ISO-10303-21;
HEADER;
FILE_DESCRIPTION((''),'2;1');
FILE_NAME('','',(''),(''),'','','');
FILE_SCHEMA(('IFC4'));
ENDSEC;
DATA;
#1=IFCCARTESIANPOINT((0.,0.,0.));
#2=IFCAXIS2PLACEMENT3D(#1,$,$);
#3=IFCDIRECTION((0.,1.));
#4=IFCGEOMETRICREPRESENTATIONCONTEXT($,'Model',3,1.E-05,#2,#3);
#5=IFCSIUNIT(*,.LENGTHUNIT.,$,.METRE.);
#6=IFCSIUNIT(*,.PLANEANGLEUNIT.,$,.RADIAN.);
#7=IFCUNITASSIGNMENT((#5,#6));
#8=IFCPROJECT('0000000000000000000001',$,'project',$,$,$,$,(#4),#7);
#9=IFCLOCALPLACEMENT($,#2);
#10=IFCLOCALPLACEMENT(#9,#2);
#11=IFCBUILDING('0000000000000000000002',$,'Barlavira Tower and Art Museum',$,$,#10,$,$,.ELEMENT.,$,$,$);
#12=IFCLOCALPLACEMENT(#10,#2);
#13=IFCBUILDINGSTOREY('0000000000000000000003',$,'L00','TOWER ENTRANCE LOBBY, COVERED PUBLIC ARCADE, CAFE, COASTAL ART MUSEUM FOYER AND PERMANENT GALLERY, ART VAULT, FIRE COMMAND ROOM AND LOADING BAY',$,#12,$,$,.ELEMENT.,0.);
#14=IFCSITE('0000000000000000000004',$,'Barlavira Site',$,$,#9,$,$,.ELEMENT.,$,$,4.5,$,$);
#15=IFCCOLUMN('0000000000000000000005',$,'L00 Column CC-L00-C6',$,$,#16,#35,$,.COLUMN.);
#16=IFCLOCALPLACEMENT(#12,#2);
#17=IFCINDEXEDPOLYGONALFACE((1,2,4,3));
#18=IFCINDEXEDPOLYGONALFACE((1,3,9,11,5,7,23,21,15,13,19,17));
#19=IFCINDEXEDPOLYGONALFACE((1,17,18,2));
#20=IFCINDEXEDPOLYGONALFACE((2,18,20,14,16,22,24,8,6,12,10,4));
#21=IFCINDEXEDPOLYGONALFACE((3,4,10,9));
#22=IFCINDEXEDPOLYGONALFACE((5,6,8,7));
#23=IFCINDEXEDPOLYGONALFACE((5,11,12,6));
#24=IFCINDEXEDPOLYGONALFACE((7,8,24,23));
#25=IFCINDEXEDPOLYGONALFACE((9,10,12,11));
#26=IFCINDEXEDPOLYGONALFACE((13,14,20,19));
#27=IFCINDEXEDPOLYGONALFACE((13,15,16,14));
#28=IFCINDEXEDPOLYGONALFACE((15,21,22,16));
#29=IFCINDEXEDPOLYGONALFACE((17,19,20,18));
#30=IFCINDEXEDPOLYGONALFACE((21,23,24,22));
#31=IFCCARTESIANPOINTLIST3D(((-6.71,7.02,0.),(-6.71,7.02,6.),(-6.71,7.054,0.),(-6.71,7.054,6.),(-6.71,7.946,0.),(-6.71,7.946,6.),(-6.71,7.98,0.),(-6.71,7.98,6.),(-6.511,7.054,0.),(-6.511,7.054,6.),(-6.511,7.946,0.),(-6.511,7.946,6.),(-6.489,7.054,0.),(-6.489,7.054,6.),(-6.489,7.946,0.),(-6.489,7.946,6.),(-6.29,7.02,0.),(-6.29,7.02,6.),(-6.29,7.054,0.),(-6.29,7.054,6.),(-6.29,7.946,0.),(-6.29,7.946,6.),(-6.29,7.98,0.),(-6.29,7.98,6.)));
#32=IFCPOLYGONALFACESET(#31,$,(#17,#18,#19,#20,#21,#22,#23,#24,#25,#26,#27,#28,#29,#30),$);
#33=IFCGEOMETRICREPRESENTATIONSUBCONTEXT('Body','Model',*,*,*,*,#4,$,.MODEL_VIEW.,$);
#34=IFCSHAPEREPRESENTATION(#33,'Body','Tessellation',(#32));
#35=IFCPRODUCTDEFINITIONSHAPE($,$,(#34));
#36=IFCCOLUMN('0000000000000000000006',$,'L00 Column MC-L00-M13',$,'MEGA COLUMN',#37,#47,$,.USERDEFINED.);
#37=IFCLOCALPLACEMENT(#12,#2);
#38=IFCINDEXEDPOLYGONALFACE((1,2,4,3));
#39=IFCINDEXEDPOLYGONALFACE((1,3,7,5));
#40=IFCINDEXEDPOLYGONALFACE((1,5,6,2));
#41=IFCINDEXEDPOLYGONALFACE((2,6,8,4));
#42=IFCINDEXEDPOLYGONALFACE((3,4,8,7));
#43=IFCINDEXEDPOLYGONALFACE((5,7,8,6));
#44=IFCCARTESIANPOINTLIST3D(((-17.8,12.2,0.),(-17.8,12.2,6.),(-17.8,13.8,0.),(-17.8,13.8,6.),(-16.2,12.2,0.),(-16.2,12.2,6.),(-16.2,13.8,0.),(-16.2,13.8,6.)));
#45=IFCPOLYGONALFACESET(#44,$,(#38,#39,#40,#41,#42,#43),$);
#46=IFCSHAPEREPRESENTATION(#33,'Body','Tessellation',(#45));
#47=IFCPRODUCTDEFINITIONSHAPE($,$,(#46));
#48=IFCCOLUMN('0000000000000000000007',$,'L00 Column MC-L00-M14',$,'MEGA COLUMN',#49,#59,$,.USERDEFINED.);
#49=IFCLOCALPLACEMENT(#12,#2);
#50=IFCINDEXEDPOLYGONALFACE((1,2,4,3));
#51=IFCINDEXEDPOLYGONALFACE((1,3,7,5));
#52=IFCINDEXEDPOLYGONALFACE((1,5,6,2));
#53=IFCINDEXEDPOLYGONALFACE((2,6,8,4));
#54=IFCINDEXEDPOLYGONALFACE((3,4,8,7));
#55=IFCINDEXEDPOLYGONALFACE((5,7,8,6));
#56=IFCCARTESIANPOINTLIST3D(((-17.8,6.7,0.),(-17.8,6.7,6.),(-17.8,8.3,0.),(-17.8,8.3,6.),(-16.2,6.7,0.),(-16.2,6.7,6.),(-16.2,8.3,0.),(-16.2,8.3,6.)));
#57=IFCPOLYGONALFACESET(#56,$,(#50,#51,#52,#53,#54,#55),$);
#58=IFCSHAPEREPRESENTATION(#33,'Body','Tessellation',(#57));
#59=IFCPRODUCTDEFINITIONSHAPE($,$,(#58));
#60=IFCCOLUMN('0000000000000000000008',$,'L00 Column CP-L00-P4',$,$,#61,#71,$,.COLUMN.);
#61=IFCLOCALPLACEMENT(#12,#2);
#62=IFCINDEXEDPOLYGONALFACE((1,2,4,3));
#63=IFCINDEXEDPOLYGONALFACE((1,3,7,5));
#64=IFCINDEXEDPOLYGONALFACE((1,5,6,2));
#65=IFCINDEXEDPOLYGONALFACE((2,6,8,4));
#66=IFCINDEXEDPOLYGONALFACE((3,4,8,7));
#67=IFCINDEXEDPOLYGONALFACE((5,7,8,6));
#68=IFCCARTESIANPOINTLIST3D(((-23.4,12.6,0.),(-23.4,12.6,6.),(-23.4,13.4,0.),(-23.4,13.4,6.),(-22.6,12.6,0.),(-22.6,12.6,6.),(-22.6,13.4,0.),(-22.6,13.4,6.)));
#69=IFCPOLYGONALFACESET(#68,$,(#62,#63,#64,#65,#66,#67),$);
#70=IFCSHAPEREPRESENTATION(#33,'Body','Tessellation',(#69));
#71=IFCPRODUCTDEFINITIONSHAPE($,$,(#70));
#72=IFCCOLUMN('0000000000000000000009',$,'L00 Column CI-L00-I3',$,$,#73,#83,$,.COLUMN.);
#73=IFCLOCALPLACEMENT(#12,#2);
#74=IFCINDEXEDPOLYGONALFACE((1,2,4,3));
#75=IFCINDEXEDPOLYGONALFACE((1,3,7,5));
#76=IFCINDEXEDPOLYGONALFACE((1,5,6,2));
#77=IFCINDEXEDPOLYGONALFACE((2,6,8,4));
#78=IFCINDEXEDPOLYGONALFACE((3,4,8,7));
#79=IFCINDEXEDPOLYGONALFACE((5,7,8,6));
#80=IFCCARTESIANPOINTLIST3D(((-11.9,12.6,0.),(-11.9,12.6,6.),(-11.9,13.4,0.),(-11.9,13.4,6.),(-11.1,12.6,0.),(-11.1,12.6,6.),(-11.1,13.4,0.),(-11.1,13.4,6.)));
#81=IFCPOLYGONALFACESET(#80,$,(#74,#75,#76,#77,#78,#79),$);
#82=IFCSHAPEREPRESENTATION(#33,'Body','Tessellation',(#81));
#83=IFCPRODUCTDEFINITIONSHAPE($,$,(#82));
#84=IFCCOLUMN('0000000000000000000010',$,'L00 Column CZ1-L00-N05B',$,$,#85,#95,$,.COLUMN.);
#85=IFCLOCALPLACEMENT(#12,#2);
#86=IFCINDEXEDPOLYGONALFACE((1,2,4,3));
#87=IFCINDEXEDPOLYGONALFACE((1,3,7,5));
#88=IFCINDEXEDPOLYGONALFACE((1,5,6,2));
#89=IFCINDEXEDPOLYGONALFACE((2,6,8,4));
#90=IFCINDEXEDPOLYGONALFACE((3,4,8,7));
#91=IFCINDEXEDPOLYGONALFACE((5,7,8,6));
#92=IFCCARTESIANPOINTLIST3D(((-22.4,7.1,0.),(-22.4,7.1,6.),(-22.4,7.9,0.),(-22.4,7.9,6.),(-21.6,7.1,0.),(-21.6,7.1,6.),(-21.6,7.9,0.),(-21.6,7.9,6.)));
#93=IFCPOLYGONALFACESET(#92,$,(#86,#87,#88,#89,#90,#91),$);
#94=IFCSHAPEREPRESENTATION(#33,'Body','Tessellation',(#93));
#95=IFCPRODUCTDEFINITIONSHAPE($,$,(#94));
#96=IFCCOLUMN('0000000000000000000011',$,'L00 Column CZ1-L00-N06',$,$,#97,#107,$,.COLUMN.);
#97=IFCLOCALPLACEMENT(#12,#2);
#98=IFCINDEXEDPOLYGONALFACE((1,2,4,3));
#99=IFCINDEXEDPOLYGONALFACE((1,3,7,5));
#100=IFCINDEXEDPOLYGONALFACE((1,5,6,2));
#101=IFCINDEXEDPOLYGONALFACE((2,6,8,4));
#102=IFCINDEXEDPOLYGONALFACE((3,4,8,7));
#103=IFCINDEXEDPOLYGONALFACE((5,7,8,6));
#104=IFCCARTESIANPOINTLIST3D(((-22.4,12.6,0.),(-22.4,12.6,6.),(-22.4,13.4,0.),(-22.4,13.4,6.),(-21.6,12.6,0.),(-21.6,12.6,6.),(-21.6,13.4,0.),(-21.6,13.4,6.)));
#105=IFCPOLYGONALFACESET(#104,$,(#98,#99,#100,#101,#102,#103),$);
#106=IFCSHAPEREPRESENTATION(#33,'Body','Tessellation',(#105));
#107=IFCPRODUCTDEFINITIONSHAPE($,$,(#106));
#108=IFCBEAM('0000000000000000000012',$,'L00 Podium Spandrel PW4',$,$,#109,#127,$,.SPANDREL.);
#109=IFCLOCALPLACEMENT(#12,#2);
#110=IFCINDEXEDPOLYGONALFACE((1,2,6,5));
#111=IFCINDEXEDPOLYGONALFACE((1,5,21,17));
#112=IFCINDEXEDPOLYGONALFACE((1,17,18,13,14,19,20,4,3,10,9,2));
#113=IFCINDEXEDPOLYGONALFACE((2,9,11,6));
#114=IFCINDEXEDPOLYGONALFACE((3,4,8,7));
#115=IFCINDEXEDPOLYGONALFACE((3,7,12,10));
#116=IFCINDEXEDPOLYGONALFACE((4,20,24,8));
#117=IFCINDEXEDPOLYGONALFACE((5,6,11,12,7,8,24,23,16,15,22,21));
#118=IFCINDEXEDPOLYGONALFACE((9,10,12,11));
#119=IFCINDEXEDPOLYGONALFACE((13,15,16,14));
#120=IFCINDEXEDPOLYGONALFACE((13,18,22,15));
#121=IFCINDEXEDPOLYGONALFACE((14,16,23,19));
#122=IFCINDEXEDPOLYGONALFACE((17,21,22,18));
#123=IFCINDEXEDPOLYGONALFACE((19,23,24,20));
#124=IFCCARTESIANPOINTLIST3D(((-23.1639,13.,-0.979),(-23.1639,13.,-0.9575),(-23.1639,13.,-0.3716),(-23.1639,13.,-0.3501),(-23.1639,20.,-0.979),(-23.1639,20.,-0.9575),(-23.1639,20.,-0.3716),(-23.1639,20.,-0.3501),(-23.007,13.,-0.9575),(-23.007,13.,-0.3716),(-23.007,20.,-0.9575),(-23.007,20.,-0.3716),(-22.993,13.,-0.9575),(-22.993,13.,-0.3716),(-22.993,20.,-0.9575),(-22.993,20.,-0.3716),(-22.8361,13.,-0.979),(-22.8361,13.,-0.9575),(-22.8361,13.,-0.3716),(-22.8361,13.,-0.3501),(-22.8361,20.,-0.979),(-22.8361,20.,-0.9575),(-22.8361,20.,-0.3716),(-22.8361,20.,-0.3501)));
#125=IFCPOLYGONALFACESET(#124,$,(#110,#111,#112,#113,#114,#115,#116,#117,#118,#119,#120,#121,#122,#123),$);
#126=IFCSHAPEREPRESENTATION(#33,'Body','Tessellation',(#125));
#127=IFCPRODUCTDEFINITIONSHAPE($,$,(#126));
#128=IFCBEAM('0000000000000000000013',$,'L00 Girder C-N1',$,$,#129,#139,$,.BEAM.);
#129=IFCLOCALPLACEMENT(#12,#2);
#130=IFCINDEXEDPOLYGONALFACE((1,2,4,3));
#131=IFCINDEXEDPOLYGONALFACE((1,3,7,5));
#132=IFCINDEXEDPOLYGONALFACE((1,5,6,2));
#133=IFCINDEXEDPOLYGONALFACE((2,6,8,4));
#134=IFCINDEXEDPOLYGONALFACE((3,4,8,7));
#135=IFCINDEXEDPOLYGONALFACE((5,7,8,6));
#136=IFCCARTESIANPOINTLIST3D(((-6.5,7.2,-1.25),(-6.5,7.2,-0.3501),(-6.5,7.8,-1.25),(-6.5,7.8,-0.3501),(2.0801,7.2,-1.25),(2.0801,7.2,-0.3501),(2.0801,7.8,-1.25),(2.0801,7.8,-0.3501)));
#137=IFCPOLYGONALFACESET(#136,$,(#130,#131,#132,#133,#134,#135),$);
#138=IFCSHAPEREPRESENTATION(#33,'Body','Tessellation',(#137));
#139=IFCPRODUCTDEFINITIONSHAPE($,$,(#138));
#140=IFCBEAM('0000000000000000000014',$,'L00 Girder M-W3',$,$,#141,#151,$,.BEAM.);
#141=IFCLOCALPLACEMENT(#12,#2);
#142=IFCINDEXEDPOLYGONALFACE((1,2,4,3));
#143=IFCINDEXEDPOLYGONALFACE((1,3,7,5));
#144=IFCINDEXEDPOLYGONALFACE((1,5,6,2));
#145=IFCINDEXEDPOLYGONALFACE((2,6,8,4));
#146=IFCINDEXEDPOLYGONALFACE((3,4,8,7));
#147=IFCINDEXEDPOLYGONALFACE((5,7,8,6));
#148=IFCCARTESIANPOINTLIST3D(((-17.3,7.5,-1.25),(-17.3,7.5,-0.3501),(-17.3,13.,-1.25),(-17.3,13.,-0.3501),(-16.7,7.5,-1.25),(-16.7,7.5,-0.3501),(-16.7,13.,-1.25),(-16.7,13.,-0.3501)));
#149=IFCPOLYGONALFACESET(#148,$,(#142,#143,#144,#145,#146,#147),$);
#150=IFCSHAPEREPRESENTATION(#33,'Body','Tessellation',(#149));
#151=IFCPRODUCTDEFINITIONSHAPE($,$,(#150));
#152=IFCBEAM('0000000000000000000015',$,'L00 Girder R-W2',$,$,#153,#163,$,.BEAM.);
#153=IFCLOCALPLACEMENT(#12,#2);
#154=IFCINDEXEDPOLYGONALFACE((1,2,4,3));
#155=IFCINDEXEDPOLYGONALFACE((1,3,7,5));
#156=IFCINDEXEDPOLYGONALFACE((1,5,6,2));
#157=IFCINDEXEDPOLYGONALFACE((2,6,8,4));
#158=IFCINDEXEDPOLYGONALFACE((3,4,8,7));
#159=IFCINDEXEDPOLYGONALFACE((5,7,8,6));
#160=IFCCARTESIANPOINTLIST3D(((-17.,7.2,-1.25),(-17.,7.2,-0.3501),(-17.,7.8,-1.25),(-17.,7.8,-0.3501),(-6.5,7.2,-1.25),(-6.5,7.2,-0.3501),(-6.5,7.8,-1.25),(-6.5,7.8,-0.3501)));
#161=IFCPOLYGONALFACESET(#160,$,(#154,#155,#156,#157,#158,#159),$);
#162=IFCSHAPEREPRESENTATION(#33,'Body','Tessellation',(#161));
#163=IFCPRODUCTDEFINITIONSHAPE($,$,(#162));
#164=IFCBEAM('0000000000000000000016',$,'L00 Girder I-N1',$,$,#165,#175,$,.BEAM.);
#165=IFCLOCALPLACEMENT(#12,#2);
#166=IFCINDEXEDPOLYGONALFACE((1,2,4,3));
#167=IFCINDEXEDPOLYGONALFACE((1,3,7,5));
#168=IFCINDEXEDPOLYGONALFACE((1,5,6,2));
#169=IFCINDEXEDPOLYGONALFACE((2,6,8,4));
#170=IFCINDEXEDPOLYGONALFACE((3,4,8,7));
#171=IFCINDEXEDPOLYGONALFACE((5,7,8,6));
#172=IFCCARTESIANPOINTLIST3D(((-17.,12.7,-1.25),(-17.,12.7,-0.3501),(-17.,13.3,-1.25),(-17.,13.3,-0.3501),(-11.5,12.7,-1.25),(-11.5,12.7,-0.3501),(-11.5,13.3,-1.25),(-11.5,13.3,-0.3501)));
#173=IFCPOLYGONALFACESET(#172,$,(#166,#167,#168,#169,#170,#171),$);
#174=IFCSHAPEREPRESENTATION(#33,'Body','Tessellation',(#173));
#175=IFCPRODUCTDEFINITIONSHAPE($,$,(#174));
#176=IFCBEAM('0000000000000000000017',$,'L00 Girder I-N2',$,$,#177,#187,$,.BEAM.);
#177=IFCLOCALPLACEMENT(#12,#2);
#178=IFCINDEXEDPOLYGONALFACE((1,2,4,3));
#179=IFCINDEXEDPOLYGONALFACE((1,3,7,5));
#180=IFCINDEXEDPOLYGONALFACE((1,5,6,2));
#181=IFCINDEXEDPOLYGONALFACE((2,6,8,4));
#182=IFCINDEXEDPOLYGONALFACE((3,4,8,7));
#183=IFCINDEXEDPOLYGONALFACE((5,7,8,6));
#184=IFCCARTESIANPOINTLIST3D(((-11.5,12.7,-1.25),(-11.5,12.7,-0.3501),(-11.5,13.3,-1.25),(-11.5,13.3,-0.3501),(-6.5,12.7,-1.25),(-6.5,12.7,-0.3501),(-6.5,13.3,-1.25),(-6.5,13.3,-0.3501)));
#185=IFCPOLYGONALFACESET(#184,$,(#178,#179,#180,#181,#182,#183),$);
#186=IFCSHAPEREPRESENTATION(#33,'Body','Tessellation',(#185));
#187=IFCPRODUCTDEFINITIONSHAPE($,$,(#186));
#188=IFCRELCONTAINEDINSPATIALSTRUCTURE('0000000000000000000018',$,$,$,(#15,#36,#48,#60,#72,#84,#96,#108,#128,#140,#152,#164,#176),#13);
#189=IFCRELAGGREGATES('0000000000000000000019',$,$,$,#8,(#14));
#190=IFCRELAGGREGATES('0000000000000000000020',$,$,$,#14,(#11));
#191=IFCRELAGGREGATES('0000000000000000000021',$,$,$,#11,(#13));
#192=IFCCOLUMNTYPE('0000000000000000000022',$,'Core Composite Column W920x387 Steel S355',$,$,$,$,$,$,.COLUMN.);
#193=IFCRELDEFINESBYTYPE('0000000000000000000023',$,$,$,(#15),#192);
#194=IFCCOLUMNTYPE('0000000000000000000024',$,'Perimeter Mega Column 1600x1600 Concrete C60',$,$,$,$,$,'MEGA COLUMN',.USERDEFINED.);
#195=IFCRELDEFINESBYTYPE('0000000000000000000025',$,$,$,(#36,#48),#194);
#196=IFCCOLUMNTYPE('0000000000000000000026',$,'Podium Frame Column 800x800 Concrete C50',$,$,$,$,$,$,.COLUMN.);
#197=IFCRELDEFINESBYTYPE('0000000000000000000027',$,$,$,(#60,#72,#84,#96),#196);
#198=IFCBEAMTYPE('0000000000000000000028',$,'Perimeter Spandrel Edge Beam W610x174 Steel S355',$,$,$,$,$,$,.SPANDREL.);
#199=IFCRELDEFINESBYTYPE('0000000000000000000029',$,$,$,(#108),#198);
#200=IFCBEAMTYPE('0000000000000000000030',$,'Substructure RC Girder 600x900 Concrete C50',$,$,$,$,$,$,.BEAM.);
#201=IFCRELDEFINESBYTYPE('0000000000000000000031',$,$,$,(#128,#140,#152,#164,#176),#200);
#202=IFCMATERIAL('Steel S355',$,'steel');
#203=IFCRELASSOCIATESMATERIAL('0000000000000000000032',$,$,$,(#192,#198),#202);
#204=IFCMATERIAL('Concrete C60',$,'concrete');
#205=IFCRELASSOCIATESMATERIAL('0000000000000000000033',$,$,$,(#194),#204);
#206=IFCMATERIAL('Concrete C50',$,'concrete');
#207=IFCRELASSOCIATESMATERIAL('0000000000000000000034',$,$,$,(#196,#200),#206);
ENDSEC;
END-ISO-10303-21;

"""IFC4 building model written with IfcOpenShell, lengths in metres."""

from ifc_helpers import new_model, si_unit, direction, frame, origin, origin_2d, place, context, subcontext, project, spatial, rectangle, i_section, extrude, material, material_profile, profile_set, type_object, element, save


model = new_model("IFC4")

# Units and contexts
model_context = context("Model", 3, precision=1e-05, world=origin(), true_north=direction((0.0, 1.0)))
body_context = subcontext(model_context, "Body", "Model", "MODEL_VIEW")
ifc_project = project(units=[si_unit("LENGTHUNIT", "METRE"), si_unit("PLANEANGLEUNIT", "RADIAN")], contexts=[model_context])

# Site, building, storey
site_placement = place(None, origin())
site = spatial("IfcSite", under=ifc_project, at=site_placement, Name="Barlavira Site", CompositionType="ELEMENT", RefElevation=4.5)
building_placement = place(site_placement, origin())
building = spatial("IfcBuilding", under=site, at=building_placement, Name="Barlavira Tower and Art Museum", CompositionType="ELEMENT")
storey_placement = place(building_placement, origin())
storey = spatial("IfcBuildingStorey", under=building, at=storey_placement, Name="L00", Description="TOWER ENTRANCE LOBBY, COVERED PUBLIC ARCADE, CAFE, COASTAL ART MUSEUM FOYER AND PERMANENT GALLERY, ART VAULT, FIRE COMMAND ROOM AND LOADING BAY", CompositionType="ELEMENT", Elevation=0.0)

# Columns
ifc_material_1 = material(Name="Steel S355", Category="steel")
ifc_material_profile_1 = material_profile(ifc_material_1, i_section(OverallWidth=0.4199, OverallDepth=0.96, WebThickness=0.022, FlangeThickness=0.0339, at=origin_2d()), Name="W920x387.0")
ifc_profile_set_1 = profile_set([ifc_material_profile_1], Name="Steel S355")
column_type_1 = type_object("IfcColumnType", Name="Core Composite Column W920x387 Steel S355", PredefinedType="COLUMN", material=ifc_profile_set_1)
column_placement = place(storey_placement, frame((-6.5, 7.5, 0.0), z_axis=(0.0, 0.0, 1.0), x_axis=(1.0, 0.0, 0.0)))
element("IfcColumn", 1, at=column_placement, inside=storey, type_object=column_type_1, Name="L00 Column CC-L00-C6", PredefinedType="COLUMN", context=body_context, shape_type="SweptSolid", body=[
    extrude(i_section(OverallWidth=0.4199, OverallDepth=0.96, WebThickness=0.022, FlangeThickness=0.0339, at=origin_2d()), origin(), (0.0, 0.0, 1.0), 6.0),
])
ifc_material_2 = material(Name="Concrete C60", Category="concrete")
ifc_material_profile_2 = material_profile(ifc_material_2, rectangle(XDim=1.6001, YDim=1.6001, at=origin_2d()), Name="RC-MCOL 1600x1600")
ifc_profile_set_2 = profile_set([ifc_material_profile_2], Name="Concrete C60")
column_type_2 = type_object("IfcColumnType", Name="Perimeter Mega Column 1600x1600 Concrete C60", ElementType="MEGA COLUMN", PredefinedType="USERDEFINED", material=ifc_profile_set_2)
for number, where, z_axis, x_axis, name in (
    (2, (-17.0, 13.0, 0.0), (0.0, 0.0, 1.0), (1.0, 0.0, 0.0), "L00 Column MC-L00-M13"),
    (3, (-17.0, 7.5, 0.0), (0.0, 0.0, 1.0), (1.0, 0.0, 0.0), "L00 Column MC-L00-M14"),
):
    element("IfcColumn", number, at=place(storey_placement, frame(where, z_axis=z_axis, x_axis=x_axis)), inside=storey, type_object=column_type_2, Name=name, ObjectType="MEGA COLUMN", PredefinedType="USERDEFINED", context=body_context, shape_type="SweptSolid", body=[
        extrude(rectangle(XDim=1.6001, YDim=1.6001, at=origin_2d()), origin(), (0.0, 0.0, 1.0), 6.0),
    ])
ifc_material_3 = material(Name="Concrete C50", Category="concrete")
ifc_material_profile_3 = material_profile(ifc_material_3, rectangle(XDim=0.8, YDim=0.8, at=origin_2d()), Name="RC-COL 800x800")
ifc_profile_set_3 = profile_set([ifc_material_profile_3], Name="Concrete C50")
column_type_3 = type_object("IfcColumnType", Name="Podium Frame Column 800x800 Concrete C50", PredefinedType="COLUMN", material=ifc_profile_set_3)
for number, where, z_axis, x_axis, name in (
    (4, (-23.0, 13.0, 0.0), (0.0, 0.0, 1.0), (1.0, 0.0, 0.0), "L00 Column CP-L00-P4"),
    (5, (-11.5, 13.0, 0.0), (0.0, 0.0, 1.0), (1.0, 0.0, 0.0), "L00 Column CI-L00-I3"),
    (6, (-22.0, 7.5, 0.0), (0.0, 0.0, 1.0), (1.0, 0.0, 0.0), "L00 Column CZ1-L00-N05B"),
    (7, (-22.0, 13.0, 0.0), (0.0, 0.0, 1.0), (1.0, 0.0, 0.0), "L00 Column CZ1-L00-N06"),
):
    element("IfcColumn", number, at=place(storey_placement, frame(where, z_axis=z_axis, x_axis=x_axis)), inside=storey, type_object=column_type_3, Name=name, PredefinedType="COLUMN", context=body_context, shape_type="SweptSolid", body=[
        extrude(rectangle(XDim=0.8, YDim=0.8, at=origin_2d()), origin(), (0.0, 0.0, 1.0), 6.0),
    ])

# Beams
ifc_material_profile_4 = material_profile(ifc_material_1, i_section(OverallWidth=0.3279, OverallDepth=0.6289, WebThickness=0.0139, FlangeThickness=0.0215, at=origin_2d()), Name="W610x174.0")
ifc_profile_set_4 = profile_set([ifc_material_profile_4], Name="Steel S355")
beam_type_1 = type_object("IfcBeamType", Name="Perimeter Spandrel Edge Beam W610x174 Steel S355", PredefinedType="SPANDREL", material=ifc_profile_set_4)
beam_1_placement = place(storey_placement, frame((-23.0, 13.0, -0.6646), z_axis=(0.0, 1.0, 0.0), x_axis=(-1.0, 0.0, 0.0)))
element("IfcBeam", 8, at=beam_1_placement, inside=storey, type_object=beam_type_1, Name="L00 Podium Spandrel PW4", PredefinedType="SPANDREL", context=body_context, shape_type="SweptSolid", body=[
    extrude(i_section(OverallWidth=0.3279, OverallDepth=0.6289, WebThickness=0.0139, FlangeThickness=0.0215, at=origin_2d()), origin(), (0.0, 0.0, 1.0), 7.0),
])
ifc_material_profile_5 = material_profile(ifc_material_3, rectangle(XDim=0.6001, YDim=0.8999, at=origin_2d()), Name="RC-BM 600x900")
ifc_profile_set_5 = profile_set([ifc_material_profile_5], Name="Concrete C50")
beam_type_2 = type_object("IfcBeamType", Name="Substructure RC Girder 600x900 Concrete C50", PredefinedType="BEAM", material=ifc_profile_set_5)
beam_2_placement = place(storey_placement, frame((-6.5, 7.5, -0.8), z_axis=(1.0, 0.0, 0.0), x_axis=(0.0, 1.0, 0.0)))
element("IfcBeam", 9, at=beam_2_placement, inside=storey, type_object=beam_type_2, Name="L00 Girder C-N1", PredefinedType="BEAM", context=body_context, shape_type="SweptSolid", body=[
    extrude(rectangle(XDim=0.6001, YDim=0.8999, at=origin_2d()), origin(), (0.0, 0.0, 1.0), 8.5801),
])
beam_3_placement = place(storey_placement, frame((-17.0, 7.5, -0.8), z_axis=(0.0, 1.0, 0.0), x_axis=(-1.0, 0.0, 0.0)))
element("IfcBeam", 10, at=beam_3_placement, inside=storey, type_object=beam_type_2, Name="L00 Girder M-W3", PredefinedType="BEAM", context=body_context, shape_type="SweptSolid", body=[
    extrude(rectangle(XDim=0.6001, YDim=0.8999, at=origin_2d()), origin(), (0.0, 0.0, 1.0), 5.5),
])
beam_4_placement = place(storey_placement, frame((-17.0, 7.5, -0.8), z_axis=(1.0, 0.0, 0.0), x_axis=(0.0, 1.0, 0.0)))
element("IfcBeam", 11, at=beam_4_placement, inside=storey, type_object=beam_type_2, Name="L00 Girder R-W2", PredefinedType="BEAM", context=body_context, shape_type="SweptSolid", body=[
    extrude(rectangle(XDim=0.6001, YDim=0.8999, at=origin_2d()), origin(), (0.0, 0.0, 1.0), 10.5),
])
beam_5_placement = place(storey_placement, frame((-17.0, 13.0, -0.8), z_axis=(1.0, 0.0, 0.0), x_axis=(0.0, 1.0, 0.0)))
element("IfcBeam", 12, at=beam_5_placement, inside=storey, type_object=beam_type_2, Name="L00 Girder I-N1", PredefinedType="BEAM", context=body_context, shape_type="SweptSolid", body=[
    extrude(rectangle(XDim=0.6001, YDim=0.8999, at=origin_2d()), origin(), (0.0, 0.0, 1.0), 5.5),
])
beam_6_placement = place(storey_placement, frame((-11.5, 13.0, -0.8), z_axis=(1.0, 0.0, 0.0), x_axis=(0.0, 1.0, 0.0)))
element("IfcBeam", 13, at=beam_6_placement, inside=storey, type_object=beam_type_2, Name="L00 Girder I-N2", PredefinedType="BEAM", context=body_context, shape_type="SweptSolid", body=[
    extrude(rectangle(XDim=0.6001, YDim=0.8999, at=origin_2d()), origin(), (0.0, 0.0, 1.0), 5.0),
])

save(model, "model.ifc")
